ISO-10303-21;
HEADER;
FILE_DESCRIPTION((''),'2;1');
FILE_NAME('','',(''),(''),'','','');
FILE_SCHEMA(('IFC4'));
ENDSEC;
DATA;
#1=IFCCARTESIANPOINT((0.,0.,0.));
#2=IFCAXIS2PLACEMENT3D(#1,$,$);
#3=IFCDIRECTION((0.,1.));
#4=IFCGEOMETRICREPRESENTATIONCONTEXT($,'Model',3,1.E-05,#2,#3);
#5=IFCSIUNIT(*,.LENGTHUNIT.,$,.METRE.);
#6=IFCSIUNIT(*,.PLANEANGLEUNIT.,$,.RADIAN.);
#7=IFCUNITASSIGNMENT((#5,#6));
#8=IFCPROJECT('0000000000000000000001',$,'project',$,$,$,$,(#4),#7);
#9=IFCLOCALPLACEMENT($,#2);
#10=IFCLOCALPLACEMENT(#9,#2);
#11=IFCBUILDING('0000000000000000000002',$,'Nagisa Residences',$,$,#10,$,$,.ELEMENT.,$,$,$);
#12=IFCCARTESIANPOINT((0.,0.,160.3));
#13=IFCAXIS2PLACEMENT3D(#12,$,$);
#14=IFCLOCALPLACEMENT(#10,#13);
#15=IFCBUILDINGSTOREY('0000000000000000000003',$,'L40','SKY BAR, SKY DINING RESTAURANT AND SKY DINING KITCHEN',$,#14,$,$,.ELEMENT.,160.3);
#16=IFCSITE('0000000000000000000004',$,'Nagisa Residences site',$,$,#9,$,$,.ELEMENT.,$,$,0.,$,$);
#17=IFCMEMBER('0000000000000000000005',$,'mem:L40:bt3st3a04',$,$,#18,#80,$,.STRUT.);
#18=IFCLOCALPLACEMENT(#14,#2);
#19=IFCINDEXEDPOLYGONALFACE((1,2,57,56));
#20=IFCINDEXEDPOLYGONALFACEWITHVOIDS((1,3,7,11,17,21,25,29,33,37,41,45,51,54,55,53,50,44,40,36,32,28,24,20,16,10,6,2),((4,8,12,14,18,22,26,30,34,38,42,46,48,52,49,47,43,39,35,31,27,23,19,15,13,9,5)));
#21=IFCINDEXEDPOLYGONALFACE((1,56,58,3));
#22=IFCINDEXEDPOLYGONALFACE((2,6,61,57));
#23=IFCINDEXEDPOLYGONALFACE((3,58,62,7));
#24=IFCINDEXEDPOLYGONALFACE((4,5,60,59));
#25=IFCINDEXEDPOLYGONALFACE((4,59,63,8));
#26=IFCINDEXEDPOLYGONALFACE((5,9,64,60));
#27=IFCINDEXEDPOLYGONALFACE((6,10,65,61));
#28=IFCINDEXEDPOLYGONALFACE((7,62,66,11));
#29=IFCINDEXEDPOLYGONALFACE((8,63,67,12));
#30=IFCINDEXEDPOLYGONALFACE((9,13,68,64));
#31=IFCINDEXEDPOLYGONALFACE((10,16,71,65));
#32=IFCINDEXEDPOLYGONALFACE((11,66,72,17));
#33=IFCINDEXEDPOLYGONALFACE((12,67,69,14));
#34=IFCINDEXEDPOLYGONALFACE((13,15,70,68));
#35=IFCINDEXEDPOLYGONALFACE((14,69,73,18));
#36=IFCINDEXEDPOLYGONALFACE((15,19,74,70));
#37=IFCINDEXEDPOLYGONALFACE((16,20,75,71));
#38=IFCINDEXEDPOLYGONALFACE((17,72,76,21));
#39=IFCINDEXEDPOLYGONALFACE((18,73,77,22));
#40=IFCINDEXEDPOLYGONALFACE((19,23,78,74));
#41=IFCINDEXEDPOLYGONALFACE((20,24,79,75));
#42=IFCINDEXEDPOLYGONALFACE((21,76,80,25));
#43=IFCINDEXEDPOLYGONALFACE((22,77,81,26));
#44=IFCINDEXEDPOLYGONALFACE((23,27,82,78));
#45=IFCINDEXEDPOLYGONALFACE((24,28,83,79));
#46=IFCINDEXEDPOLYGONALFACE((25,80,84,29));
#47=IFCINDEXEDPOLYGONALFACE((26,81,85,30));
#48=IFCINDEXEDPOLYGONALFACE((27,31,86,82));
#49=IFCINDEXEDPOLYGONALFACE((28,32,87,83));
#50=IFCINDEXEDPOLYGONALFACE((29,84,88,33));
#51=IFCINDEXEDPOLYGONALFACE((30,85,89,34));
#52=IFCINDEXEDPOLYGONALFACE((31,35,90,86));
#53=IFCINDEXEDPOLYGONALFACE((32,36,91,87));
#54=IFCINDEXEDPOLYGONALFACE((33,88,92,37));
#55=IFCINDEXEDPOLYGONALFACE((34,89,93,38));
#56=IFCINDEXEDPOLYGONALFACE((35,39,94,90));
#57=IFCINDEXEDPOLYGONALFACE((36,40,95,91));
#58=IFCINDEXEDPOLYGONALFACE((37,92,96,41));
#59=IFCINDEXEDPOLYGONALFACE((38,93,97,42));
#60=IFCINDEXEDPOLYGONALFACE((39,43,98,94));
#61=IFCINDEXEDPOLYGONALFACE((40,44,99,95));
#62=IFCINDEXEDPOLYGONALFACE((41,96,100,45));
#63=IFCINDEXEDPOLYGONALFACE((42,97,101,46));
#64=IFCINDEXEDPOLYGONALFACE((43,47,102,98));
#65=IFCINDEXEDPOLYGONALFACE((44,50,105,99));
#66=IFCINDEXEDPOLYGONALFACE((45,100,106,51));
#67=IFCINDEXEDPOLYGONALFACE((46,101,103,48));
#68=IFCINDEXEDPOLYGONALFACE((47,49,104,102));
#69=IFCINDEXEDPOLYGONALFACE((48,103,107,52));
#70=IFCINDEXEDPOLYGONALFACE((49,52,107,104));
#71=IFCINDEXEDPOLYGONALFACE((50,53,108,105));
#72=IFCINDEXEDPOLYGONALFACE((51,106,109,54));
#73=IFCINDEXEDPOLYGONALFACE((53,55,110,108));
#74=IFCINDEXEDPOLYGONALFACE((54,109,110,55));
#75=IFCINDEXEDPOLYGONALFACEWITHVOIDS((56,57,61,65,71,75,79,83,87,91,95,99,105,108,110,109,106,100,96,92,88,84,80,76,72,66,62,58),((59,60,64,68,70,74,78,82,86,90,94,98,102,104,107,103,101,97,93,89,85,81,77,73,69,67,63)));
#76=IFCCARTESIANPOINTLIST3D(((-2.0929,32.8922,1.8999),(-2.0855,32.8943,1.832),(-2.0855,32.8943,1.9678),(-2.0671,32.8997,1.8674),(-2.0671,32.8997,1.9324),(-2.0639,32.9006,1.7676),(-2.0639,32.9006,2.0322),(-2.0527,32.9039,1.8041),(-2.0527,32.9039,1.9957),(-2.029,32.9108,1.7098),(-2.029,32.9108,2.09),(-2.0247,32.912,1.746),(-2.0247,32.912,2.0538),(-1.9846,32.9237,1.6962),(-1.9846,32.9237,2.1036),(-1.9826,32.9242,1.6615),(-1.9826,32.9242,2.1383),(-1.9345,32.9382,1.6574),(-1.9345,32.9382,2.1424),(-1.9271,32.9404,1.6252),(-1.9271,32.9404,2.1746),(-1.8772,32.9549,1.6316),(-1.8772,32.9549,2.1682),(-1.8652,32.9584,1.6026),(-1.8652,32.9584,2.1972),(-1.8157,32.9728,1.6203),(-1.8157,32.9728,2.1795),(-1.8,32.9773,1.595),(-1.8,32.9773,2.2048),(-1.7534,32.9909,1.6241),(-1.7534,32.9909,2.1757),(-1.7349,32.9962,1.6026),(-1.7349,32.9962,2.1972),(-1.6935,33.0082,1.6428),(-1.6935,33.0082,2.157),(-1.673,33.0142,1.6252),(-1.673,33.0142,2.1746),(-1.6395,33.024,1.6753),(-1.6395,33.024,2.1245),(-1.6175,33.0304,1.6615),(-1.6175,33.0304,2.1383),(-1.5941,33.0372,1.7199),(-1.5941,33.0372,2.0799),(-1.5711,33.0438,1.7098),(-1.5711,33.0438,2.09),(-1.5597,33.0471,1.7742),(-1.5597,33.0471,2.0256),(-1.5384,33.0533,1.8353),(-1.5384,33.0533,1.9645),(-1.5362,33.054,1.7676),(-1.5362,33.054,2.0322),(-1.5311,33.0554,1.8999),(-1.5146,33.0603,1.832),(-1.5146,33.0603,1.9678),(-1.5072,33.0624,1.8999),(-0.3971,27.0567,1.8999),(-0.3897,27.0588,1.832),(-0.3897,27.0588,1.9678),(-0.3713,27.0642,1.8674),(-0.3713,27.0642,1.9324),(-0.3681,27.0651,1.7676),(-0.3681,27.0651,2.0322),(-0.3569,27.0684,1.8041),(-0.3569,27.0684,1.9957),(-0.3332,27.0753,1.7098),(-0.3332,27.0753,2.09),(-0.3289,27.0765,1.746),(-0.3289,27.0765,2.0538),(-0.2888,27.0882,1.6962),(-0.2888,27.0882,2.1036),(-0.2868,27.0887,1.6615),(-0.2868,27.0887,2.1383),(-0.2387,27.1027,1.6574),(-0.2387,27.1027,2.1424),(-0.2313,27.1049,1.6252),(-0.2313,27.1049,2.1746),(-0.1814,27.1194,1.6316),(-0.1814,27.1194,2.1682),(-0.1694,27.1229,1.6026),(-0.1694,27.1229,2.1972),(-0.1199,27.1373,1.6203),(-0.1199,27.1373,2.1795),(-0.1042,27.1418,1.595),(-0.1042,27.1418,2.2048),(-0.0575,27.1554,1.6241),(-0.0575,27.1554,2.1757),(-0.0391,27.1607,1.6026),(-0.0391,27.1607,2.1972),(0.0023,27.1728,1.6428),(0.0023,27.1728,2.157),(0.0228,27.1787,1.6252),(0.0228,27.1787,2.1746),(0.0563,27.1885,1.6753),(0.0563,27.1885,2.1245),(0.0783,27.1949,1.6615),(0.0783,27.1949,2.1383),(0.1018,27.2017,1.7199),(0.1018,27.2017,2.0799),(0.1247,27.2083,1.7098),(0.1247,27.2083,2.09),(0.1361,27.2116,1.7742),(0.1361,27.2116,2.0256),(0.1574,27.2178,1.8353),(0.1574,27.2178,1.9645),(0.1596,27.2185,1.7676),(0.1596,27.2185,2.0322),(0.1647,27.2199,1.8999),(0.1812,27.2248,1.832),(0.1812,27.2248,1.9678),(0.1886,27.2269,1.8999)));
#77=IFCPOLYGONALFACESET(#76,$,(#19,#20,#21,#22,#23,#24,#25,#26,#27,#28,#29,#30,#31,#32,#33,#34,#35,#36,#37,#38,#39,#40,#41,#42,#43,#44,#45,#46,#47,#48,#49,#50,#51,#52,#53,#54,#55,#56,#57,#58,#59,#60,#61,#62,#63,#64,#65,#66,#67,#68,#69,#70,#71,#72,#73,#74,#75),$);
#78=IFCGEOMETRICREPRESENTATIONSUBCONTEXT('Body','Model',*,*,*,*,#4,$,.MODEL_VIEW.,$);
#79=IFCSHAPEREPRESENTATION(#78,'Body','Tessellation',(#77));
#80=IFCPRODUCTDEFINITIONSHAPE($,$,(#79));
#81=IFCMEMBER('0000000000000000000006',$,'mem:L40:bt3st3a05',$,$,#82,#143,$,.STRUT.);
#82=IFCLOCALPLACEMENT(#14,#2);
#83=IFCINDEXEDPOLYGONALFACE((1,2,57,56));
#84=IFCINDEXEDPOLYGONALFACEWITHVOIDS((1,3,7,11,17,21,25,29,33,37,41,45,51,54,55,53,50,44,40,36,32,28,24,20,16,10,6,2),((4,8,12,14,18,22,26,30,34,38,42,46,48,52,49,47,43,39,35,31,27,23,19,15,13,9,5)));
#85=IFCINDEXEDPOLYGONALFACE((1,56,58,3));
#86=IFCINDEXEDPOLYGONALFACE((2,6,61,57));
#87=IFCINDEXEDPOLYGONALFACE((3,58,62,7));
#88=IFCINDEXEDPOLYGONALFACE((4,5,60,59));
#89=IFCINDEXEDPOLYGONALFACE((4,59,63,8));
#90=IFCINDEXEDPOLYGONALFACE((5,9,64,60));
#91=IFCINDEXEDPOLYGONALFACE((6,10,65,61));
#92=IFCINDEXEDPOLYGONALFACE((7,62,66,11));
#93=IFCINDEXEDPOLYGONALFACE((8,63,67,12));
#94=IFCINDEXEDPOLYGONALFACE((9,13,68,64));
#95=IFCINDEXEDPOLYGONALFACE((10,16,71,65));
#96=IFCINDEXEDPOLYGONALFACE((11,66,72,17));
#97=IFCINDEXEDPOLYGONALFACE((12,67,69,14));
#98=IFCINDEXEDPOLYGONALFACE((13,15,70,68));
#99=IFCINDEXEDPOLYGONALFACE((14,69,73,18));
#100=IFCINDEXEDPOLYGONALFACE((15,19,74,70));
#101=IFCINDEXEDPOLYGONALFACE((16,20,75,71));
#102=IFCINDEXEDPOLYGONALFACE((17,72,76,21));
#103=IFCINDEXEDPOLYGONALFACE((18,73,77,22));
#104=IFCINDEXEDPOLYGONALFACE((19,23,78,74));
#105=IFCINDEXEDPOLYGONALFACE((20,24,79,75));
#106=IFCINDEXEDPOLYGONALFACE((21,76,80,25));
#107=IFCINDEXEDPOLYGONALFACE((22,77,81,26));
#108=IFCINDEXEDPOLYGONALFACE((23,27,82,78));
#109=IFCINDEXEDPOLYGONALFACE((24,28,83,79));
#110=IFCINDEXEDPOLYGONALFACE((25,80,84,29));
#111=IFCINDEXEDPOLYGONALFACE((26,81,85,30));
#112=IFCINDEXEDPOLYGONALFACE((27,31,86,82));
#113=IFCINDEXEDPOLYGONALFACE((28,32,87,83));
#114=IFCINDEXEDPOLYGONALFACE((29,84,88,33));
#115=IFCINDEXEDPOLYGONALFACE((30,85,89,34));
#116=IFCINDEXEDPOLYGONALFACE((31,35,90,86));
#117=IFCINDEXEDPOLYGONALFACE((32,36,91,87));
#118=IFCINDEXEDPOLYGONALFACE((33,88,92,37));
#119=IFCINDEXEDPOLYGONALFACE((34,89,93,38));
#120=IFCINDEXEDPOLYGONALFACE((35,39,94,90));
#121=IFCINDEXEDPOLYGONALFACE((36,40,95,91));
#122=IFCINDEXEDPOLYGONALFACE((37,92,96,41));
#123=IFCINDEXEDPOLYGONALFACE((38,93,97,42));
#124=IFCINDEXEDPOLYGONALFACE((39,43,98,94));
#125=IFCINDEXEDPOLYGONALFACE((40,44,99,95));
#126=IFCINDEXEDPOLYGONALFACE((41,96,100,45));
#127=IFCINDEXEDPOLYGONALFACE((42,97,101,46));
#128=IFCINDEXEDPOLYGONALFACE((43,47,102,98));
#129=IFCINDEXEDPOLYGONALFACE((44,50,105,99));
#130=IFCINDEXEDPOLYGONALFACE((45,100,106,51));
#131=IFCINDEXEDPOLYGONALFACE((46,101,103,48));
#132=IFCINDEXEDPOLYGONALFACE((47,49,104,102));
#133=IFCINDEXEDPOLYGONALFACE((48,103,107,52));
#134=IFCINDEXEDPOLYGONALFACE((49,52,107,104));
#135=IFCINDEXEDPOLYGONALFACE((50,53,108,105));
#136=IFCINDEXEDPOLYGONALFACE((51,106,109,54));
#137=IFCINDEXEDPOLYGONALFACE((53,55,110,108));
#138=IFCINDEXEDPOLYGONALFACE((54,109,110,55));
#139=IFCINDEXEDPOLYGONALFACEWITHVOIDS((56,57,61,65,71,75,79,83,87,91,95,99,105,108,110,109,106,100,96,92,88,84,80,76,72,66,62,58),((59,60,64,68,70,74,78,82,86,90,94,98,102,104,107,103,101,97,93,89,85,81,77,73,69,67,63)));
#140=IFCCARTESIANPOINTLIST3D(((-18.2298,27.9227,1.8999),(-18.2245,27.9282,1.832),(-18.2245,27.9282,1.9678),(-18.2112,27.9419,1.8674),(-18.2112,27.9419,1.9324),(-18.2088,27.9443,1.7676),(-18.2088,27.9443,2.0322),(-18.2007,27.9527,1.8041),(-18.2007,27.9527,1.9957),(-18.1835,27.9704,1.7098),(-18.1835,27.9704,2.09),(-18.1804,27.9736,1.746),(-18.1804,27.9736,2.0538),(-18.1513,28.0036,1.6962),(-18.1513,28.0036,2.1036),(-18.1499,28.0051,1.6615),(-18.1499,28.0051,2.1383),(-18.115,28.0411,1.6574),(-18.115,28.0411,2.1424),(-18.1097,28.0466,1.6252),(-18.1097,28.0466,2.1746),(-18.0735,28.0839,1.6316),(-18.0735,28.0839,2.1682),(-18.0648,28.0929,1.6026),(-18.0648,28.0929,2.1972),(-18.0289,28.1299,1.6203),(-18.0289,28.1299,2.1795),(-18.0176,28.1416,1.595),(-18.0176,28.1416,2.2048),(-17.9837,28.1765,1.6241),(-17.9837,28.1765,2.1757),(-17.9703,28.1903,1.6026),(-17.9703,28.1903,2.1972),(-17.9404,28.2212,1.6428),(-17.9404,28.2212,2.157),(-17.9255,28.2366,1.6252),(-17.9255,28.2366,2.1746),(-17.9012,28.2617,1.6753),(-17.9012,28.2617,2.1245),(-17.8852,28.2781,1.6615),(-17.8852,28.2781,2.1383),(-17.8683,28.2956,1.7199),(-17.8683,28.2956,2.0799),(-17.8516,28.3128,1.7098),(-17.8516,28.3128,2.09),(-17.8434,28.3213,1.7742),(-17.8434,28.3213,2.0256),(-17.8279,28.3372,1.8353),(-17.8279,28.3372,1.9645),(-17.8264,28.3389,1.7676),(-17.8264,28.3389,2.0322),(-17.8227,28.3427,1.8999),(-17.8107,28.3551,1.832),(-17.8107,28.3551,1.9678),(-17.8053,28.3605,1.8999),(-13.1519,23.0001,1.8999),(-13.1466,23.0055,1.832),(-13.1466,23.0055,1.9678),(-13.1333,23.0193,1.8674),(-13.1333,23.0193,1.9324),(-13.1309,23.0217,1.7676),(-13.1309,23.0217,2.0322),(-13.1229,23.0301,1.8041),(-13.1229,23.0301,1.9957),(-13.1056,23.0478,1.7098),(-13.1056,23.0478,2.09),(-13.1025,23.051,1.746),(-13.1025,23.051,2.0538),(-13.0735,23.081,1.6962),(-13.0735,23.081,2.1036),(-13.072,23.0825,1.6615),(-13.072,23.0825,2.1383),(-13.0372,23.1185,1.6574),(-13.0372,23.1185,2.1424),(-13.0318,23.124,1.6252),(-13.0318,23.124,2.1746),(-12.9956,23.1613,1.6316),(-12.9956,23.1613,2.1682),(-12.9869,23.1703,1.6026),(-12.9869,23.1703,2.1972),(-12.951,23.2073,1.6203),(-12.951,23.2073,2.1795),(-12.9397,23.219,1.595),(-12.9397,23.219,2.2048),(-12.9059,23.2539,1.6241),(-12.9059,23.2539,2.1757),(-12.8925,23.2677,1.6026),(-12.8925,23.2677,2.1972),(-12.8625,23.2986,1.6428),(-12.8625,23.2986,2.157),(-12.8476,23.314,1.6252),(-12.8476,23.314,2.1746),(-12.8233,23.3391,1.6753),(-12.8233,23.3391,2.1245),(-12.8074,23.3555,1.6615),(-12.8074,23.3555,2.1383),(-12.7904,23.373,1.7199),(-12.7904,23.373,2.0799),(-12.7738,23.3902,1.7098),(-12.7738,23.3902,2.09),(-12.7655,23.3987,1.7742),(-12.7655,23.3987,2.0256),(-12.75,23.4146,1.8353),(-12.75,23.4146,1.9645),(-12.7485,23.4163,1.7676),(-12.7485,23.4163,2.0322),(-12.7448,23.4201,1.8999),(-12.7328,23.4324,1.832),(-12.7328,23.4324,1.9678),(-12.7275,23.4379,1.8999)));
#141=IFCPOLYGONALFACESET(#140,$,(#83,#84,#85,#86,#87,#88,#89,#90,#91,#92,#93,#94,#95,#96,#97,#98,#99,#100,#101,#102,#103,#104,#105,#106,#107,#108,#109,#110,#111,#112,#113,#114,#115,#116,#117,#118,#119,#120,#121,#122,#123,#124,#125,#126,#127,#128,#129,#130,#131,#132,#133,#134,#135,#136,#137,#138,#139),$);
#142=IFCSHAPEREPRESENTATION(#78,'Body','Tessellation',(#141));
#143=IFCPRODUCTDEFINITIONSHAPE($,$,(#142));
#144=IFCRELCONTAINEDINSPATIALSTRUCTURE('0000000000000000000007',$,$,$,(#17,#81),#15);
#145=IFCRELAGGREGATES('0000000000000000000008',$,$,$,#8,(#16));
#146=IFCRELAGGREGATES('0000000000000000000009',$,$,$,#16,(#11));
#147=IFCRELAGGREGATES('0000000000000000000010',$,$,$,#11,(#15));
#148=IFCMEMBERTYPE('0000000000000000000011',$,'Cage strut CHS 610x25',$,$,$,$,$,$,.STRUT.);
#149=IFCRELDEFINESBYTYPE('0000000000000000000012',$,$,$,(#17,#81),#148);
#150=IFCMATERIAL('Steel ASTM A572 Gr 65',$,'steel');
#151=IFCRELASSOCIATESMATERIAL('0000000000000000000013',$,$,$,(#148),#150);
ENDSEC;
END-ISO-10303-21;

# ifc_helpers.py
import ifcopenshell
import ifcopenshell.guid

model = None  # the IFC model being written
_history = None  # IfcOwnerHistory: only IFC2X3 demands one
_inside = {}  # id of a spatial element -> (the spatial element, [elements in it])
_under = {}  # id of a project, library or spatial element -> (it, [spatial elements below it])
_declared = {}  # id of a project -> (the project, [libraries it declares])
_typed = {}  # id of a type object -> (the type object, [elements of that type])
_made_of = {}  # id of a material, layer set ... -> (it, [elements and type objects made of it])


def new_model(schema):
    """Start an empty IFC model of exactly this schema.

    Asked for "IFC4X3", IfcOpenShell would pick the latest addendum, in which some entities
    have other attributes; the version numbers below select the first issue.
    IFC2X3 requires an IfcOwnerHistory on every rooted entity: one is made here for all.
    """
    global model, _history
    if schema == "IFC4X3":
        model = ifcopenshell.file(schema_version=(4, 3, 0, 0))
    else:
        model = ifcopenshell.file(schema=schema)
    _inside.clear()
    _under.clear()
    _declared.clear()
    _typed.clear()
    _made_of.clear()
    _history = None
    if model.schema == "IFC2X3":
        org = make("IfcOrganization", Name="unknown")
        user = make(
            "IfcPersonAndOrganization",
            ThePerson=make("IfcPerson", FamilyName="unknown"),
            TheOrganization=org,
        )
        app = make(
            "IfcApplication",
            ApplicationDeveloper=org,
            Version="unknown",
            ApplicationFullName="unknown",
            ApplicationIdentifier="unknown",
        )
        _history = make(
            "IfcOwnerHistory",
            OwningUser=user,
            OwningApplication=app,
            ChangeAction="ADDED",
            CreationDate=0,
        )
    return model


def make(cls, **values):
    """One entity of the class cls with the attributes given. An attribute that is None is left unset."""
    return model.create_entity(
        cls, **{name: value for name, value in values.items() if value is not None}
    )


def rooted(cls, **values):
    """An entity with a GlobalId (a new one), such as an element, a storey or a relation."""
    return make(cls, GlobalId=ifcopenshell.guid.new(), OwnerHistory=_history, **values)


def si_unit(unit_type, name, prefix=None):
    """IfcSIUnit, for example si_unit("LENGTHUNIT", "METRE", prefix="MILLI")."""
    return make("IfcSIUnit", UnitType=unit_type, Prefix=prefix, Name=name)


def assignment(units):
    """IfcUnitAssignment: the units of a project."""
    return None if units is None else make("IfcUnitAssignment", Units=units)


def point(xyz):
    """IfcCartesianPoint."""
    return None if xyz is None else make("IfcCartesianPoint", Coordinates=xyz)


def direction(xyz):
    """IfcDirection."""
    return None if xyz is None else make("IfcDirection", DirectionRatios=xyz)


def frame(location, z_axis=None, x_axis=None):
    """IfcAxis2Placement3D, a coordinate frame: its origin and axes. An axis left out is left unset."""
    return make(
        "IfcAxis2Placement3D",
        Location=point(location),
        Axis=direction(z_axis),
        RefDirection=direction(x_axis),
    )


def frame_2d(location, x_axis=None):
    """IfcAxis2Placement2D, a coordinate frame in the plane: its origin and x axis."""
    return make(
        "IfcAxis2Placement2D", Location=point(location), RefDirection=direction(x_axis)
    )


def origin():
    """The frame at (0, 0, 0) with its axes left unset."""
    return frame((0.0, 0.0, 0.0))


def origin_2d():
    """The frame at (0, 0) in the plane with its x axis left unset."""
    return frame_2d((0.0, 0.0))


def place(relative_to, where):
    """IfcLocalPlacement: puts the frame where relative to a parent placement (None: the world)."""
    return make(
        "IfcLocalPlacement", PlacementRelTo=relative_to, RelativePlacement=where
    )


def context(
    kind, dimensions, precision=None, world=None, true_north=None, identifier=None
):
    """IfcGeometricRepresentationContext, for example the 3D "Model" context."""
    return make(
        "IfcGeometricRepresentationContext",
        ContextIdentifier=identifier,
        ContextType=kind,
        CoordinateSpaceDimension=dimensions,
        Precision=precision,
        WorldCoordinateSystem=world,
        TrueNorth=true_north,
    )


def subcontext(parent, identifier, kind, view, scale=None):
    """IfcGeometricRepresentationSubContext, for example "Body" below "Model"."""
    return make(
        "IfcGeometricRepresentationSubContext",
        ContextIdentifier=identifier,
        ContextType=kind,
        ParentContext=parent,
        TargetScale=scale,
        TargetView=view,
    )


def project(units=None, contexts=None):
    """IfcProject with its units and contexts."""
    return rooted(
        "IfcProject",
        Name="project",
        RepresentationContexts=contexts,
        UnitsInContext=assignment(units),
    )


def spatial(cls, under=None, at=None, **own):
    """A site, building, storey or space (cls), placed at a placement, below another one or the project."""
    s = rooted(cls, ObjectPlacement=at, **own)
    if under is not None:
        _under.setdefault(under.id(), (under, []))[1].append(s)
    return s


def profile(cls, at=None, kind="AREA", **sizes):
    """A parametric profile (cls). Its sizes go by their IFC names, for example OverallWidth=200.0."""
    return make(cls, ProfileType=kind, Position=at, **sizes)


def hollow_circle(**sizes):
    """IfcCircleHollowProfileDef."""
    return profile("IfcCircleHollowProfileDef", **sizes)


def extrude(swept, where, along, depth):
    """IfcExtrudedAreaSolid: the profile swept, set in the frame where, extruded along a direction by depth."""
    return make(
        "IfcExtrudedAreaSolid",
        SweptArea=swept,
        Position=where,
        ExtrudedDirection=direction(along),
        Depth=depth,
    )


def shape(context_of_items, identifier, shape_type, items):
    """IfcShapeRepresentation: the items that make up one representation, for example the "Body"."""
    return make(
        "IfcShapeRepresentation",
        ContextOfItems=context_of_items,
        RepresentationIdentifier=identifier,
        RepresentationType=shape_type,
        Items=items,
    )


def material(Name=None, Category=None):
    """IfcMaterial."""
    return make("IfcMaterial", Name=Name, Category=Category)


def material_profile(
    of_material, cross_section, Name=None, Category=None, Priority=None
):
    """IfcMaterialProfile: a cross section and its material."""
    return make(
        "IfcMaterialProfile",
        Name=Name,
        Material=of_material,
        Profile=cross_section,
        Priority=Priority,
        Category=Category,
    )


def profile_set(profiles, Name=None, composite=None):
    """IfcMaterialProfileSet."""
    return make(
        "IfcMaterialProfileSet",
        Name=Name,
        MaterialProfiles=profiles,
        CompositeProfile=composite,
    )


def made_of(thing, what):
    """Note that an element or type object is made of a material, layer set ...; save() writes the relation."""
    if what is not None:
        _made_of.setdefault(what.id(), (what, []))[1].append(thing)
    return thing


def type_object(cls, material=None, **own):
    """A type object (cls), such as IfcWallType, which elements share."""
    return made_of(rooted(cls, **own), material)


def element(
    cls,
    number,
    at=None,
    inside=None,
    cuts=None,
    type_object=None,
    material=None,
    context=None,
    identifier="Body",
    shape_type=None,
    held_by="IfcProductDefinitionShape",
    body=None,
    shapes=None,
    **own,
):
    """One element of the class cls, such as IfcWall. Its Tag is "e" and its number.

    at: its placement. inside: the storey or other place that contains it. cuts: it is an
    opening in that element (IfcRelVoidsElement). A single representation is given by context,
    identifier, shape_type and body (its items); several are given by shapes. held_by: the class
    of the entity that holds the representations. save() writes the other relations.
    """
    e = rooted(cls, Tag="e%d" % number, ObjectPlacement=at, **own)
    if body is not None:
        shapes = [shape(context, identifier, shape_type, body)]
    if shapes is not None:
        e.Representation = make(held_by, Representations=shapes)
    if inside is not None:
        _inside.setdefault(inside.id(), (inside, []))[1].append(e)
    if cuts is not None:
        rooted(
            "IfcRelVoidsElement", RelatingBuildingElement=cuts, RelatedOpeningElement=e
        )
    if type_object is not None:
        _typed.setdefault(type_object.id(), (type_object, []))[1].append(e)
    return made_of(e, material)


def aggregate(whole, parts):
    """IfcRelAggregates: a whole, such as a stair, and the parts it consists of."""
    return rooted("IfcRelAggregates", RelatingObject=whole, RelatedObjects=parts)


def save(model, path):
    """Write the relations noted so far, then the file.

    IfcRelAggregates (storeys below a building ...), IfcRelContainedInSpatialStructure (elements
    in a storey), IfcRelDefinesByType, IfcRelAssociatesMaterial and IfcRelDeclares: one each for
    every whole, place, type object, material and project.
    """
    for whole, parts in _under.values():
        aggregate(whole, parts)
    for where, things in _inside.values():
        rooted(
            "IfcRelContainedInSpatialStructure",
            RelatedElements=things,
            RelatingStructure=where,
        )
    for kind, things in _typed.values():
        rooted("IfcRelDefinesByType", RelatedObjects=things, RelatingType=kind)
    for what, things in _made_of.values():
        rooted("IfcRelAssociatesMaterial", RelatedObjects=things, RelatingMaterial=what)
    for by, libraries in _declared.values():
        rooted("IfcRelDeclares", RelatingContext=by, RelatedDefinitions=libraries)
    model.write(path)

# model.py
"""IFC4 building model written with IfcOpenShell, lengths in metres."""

from ifc_helpers import new_model, si_unit, direction, frame, origin, origin_2d, place, context, subcontext, project, spatial, hollow_circle, extrude, material, material_profile, profile_set, type_object, element, save


model = new_model("IFC4")

# Units and contexts
model_context = context("Model", 3, precision=1e-05, world=origin(), true_north=direction((0.0, 1.0)))
body_context = subcontext(model_context, "Body", "Model", "MODEL_VIEW")
ifc_project = project(units=[si_unit("LENGTHUNIT", "METRE"), si_unit("PLANEANGLEUNIT", "RADIAN")], contexts=[model_context])

# Site, building, storey
site_placement = place(None, origin())
site = spatial("IfcSite", under=ifc_project, at=site_placement, Name="Nagisa Residences site", CompositionType="ELEMENT", RefElevation=0.0)
building_placement = place(site_placement, origin())
building = spatial("IfcBuilding", under=site, at=building_placement, Name="Nagisa Residences", CompositionType="ELEMENT")
storey_placement = place(building_placement, frame((0.0, 0.0, 160.3)))
storey = spatial("IfcBuildingStorey", under=building, at=storey_placement, Name="L40", Description="SKY BAR, SKY DINING RESTAURANT AND SKY DINING KITCHEN", CompositionType="ELEMENT", Elevation=160.3)

# Members
ifc_material_1 = material(Name="Steel ASTM A572 Gr 65", Category="steel")
ifc_material_profile_1 = material_profile(ifc_material_1, hollow_circle(Radius=0.3049, WallThickness=0.0249, at=origin_2d()), Name="CHS 610x25")
ifc_profile_set_1 = profile_set([ifc_material_profile_1], Name="Steel ASTM A572 Gr 65")
member_type_1 = type_object("IfcMemberType", Name="Cage strut CHS 610x25", PredefinedType="STRUT", material=ifc_profile_set_1)
member_1_placement = place(storey_placement, frame((-1.8, 32.9773, 1.8999), z_axis=(0.279059, -0.960274, 0.0), x_axis=(0.960274, 0.279059, 0.0)))
element("IfcMember", 1, at=member_1_placement, inside=storey, type_object=member_type_1, Name="mem:L40:bt3st3a04", PredefinedType="STRUT", context=body_context, shape_type="SweptSolid", body=[
    extrude(hollow_circle(Radius=0.3049, WallThickness=0.0249, at=origin_2d()), origin(), (0.0, 0.0, 1.0), 6.0769),
])
member_2_placement = place(storey_placement, frame((-18.0176, 28.1416, 1.8999), z_axis=(0.717999, -0.696044, 0.0), x_axis=(0.696044, 0.717999, 0.0)))
element("IfcMember", 2, at=member_2_placement, inside=storey, type_object=member_type_1, Name="mem:L40:bt3st3a05", PredefinedType="STRUT", context=body_context, shape_type="SweptSolid", body=[
    extrude(hollow_circle(Radius=0.3049, WallThickness=0.0249, at=origin_2d()), origin(), (0.0, 0.0, 1.0), 7.0723),
])

save(model, "model.ifc")
